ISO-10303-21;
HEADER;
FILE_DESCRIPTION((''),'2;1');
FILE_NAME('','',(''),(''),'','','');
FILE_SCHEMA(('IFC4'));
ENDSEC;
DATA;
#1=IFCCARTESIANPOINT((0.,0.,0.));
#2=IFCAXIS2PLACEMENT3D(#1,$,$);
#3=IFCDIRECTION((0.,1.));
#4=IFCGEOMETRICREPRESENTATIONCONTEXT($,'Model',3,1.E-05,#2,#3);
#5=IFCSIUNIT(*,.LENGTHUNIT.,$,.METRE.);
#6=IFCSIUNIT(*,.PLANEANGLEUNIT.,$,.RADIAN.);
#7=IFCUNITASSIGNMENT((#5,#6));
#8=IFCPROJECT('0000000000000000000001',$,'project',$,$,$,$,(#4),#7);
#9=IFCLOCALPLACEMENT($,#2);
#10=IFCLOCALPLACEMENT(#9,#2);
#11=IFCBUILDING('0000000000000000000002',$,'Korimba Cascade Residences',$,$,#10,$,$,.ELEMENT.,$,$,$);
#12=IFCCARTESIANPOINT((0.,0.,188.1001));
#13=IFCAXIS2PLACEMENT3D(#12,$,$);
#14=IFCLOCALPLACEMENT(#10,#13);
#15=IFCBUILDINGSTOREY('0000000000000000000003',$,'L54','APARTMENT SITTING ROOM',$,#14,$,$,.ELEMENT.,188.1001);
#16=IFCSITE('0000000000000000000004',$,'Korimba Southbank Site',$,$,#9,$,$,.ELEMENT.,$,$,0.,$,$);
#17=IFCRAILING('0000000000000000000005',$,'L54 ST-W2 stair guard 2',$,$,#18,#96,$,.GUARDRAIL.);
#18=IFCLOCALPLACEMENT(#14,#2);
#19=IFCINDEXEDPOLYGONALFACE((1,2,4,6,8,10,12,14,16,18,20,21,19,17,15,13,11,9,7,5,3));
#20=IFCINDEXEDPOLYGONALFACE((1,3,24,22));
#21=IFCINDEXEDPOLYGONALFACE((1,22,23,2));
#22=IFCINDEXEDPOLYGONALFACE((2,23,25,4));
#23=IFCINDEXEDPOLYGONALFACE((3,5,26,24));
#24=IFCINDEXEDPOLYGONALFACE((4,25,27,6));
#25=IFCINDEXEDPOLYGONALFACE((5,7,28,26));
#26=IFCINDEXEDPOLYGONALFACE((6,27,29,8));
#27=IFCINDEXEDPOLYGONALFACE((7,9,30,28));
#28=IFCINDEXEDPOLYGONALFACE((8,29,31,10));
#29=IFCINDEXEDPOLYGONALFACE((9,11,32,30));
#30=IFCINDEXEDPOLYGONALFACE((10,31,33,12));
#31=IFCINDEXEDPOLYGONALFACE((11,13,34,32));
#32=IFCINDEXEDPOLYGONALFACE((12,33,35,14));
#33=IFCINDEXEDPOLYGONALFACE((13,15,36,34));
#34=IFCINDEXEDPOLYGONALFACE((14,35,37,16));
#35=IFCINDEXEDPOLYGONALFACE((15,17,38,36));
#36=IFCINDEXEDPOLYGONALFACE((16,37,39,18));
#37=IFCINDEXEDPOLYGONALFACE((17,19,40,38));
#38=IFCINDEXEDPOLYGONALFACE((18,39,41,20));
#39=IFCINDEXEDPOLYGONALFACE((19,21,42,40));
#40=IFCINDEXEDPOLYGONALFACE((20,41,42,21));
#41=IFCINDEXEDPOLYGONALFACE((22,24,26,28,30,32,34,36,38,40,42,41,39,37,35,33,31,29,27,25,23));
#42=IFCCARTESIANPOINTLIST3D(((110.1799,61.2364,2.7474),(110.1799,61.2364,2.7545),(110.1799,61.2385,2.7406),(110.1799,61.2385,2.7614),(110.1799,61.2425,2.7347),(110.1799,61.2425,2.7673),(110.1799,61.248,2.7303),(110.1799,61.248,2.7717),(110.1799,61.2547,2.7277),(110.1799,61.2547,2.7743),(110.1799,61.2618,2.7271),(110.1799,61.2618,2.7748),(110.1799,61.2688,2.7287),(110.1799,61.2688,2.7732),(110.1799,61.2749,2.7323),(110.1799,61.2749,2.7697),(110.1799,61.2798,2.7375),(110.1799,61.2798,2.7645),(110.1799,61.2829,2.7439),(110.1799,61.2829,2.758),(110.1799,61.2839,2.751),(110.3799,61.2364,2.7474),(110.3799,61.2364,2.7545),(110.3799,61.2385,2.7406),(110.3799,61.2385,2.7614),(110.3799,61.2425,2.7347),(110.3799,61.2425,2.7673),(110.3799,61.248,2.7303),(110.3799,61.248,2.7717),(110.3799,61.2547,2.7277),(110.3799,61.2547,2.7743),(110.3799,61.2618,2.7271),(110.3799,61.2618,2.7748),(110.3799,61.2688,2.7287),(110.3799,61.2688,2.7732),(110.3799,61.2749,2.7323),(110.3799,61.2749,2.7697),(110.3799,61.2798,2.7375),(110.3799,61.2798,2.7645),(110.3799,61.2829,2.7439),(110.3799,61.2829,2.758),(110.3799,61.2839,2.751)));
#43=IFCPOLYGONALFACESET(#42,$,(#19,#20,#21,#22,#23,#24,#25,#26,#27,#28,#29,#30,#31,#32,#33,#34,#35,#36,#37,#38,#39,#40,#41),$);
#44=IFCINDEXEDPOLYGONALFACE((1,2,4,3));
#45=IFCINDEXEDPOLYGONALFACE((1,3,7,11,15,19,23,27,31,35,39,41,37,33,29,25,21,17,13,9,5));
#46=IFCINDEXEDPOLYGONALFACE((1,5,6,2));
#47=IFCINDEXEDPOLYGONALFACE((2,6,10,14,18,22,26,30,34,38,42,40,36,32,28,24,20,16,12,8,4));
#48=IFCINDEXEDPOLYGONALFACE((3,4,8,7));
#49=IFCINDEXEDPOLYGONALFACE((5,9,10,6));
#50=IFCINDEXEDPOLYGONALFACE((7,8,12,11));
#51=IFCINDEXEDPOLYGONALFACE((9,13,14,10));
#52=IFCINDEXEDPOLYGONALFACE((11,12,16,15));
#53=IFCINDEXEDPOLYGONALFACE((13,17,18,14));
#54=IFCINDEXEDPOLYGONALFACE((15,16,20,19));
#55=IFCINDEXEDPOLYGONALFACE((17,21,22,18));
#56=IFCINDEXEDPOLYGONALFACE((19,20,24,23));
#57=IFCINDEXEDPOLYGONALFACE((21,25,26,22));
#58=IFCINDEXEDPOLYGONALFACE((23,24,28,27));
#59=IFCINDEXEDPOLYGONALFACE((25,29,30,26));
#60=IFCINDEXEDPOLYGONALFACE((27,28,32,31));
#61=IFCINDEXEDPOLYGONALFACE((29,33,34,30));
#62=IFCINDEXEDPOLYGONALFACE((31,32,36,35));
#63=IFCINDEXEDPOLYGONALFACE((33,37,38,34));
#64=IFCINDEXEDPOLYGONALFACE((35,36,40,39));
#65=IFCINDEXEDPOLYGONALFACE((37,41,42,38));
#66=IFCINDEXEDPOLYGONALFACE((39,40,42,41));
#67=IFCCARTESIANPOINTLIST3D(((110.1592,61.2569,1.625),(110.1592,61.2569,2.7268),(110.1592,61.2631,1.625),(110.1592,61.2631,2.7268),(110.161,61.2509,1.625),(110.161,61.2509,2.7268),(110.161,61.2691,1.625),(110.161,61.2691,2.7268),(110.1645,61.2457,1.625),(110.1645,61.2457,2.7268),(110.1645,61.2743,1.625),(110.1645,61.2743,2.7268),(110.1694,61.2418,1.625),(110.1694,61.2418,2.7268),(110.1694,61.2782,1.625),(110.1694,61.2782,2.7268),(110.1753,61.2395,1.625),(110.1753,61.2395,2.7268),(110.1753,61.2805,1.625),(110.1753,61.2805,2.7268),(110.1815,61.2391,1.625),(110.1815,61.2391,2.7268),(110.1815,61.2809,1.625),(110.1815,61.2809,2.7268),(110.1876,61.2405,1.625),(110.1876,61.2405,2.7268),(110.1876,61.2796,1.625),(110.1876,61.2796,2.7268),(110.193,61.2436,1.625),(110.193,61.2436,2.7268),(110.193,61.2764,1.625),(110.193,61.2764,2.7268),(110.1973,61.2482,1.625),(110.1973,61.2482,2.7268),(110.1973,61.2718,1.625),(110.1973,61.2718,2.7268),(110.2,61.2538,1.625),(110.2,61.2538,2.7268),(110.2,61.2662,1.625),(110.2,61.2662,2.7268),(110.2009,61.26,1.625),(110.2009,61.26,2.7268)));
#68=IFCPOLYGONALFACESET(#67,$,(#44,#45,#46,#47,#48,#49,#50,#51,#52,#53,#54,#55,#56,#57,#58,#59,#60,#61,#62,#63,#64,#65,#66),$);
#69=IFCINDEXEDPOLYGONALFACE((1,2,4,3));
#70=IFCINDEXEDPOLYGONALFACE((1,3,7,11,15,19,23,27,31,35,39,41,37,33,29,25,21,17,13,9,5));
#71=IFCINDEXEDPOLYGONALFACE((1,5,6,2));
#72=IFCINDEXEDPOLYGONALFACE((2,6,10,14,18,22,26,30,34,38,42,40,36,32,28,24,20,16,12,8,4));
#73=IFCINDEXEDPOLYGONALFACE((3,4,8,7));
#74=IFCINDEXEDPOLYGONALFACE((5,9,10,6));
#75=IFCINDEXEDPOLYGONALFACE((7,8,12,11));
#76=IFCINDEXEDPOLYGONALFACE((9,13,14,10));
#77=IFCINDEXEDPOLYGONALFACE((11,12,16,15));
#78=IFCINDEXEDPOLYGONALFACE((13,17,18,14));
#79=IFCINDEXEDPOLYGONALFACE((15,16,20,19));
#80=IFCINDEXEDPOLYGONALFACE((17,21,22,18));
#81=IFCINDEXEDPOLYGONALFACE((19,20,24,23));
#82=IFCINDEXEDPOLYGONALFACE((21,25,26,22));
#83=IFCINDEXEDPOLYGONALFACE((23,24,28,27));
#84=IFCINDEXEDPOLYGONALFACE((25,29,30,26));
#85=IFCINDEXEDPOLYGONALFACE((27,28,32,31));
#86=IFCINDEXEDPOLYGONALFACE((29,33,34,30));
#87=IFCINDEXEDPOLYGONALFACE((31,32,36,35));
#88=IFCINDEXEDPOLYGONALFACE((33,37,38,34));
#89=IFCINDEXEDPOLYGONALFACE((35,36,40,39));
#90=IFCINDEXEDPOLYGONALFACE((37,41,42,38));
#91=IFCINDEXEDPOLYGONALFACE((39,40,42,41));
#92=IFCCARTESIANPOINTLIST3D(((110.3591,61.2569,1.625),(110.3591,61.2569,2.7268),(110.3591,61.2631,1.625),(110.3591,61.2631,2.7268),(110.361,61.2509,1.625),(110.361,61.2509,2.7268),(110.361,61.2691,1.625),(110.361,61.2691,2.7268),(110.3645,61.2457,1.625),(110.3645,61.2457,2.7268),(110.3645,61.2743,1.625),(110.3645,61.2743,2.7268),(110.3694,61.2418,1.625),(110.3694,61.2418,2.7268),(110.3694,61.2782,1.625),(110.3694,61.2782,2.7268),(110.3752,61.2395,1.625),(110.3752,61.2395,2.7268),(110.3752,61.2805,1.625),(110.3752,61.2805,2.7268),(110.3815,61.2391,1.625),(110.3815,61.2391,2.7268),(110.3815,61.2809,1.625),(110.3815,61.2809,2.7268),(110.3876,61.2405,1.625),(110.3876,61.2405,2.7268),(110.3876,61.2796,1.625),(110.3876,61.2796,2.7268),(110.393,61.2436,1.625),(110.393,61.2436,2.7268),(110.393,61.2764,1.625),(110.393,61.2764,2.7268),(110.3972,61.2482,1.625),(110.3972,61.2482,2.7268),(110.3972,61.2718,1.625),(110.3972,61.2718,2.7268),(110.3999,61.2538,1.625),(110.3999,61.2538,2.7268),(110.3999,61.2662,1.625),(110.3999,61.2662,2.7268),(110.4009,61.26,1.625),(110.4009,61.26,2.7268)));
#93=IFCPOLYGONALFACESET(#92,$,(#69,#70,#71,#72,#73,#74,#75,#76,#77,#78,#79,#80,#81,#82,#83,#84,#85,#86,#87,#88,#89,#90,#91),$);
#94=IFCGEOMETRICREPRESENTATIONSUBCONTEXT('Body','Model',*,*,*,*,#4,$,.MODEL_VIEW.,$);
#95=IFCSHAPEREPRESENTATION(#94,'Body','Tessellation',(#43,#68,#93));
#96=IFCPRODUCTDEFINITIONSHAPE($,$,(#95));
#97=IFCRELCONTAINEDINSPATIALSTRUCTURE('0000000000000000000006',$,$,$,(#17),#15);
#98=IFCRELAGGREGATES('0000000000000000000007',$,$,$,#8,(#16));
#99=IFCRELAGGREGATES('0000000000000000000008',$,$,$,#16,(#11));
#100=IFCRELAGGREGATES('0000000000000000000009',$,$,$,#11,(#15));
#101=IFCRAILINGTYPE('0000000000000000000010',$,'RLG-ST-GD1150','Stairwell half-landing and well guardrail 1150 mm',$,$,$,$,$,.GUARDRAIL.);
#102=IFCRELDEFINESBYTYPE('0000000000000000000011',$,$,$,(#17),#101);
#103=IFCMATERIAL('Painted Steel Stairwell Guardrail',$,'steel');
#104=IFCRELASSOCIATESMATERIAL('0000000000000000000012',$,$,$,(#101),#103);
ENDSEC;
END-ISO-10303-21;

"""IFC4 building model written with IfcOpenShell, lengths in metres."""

from ifc_helpers import new_model, si_unit, direction, frame, origin, origin_2d, place, context, subcontext, project, spatial, circle, extrude, material, type_object, element, save


model = new_model("IFC4")

# Units and contexts
model_context = context("Model", 3, precision=1e-05, world=origin(), true_north=direction((0.0, 1.0)))
body_context = subcontext(model_context, "Body", "Model", "MODEL_VIEW")
ifc_project = project(units=[si_unit("LENGTHUNIT", "METRE"), si_unit("PLANEANGLEUNIT", "RADIAN")], contexts=[model_context])

# Site, building, storey
site_placement = place(None, origin())
site = spatial("IfcSite", under=ifc_project, at=site_placement, Name="Korimba Southbank Site", CompositionType="ELEMENT", RefElevation=0.0)
building_placement = place(site_placement, origin())
building = spatial("IfcBuilding", under=site, at=building_placement, Name="Korimba Cascade Residences", CompositionType="ELEMENT")
storey_placement = place(building_placement, frame((0.0, 0.0, 188.1001)))
storey = spatial("IfcBuildingStorey", under=building, at=storey_placement, Name="L54", Description="APARTMENT SITTING ROOM", CompositionType="ELEMENT", Elevation=188.1001)

# Railing
ifc_material_1 = material(Name="Painted Steel Stairwell Guardrail", Category="steel")
railing_type_1 = type_object("IfcRailingType", Name="RLG-ST-GD1150", Description="Stairwell half-landing and well guardrail 1150 mm", PredefinedType="GUARDRAIL", material=ifc_material_1)
railing_1_placement = place(storey_placement, frame((110.1799, 61.26, 1.625)))
element("IfcRailing", 1, at=railing_1_placement, inside=storey, type_object=railing_type_1, Name="L54 ST-W2 stair guard 2", PredefinedType="GUARDRAIL", context=body_context, shape_type="SweptSolid", body=[
    extrude(circle(Radius=0.0239, at=origin_2d()), frame((0.0, 0.0, 1.126), z_axis=(1.0, 0.0, 0.0), x_axis=(0.0, 1.0, 0.0)), (0.0, 0.0, 1.0), 0.2),
    extrude(circle(Radius=0.021, at=origin_2d()), origin(), (0.0, 0.0, 1.0), 1.1018),
    extrude(circle(Radius=0.021, at=origin_2d()), frame((0.2, 0.0, 0.0)), (0.0, 0.0, 1.0), 1.1018),
])

save(model, "model.ifc")
